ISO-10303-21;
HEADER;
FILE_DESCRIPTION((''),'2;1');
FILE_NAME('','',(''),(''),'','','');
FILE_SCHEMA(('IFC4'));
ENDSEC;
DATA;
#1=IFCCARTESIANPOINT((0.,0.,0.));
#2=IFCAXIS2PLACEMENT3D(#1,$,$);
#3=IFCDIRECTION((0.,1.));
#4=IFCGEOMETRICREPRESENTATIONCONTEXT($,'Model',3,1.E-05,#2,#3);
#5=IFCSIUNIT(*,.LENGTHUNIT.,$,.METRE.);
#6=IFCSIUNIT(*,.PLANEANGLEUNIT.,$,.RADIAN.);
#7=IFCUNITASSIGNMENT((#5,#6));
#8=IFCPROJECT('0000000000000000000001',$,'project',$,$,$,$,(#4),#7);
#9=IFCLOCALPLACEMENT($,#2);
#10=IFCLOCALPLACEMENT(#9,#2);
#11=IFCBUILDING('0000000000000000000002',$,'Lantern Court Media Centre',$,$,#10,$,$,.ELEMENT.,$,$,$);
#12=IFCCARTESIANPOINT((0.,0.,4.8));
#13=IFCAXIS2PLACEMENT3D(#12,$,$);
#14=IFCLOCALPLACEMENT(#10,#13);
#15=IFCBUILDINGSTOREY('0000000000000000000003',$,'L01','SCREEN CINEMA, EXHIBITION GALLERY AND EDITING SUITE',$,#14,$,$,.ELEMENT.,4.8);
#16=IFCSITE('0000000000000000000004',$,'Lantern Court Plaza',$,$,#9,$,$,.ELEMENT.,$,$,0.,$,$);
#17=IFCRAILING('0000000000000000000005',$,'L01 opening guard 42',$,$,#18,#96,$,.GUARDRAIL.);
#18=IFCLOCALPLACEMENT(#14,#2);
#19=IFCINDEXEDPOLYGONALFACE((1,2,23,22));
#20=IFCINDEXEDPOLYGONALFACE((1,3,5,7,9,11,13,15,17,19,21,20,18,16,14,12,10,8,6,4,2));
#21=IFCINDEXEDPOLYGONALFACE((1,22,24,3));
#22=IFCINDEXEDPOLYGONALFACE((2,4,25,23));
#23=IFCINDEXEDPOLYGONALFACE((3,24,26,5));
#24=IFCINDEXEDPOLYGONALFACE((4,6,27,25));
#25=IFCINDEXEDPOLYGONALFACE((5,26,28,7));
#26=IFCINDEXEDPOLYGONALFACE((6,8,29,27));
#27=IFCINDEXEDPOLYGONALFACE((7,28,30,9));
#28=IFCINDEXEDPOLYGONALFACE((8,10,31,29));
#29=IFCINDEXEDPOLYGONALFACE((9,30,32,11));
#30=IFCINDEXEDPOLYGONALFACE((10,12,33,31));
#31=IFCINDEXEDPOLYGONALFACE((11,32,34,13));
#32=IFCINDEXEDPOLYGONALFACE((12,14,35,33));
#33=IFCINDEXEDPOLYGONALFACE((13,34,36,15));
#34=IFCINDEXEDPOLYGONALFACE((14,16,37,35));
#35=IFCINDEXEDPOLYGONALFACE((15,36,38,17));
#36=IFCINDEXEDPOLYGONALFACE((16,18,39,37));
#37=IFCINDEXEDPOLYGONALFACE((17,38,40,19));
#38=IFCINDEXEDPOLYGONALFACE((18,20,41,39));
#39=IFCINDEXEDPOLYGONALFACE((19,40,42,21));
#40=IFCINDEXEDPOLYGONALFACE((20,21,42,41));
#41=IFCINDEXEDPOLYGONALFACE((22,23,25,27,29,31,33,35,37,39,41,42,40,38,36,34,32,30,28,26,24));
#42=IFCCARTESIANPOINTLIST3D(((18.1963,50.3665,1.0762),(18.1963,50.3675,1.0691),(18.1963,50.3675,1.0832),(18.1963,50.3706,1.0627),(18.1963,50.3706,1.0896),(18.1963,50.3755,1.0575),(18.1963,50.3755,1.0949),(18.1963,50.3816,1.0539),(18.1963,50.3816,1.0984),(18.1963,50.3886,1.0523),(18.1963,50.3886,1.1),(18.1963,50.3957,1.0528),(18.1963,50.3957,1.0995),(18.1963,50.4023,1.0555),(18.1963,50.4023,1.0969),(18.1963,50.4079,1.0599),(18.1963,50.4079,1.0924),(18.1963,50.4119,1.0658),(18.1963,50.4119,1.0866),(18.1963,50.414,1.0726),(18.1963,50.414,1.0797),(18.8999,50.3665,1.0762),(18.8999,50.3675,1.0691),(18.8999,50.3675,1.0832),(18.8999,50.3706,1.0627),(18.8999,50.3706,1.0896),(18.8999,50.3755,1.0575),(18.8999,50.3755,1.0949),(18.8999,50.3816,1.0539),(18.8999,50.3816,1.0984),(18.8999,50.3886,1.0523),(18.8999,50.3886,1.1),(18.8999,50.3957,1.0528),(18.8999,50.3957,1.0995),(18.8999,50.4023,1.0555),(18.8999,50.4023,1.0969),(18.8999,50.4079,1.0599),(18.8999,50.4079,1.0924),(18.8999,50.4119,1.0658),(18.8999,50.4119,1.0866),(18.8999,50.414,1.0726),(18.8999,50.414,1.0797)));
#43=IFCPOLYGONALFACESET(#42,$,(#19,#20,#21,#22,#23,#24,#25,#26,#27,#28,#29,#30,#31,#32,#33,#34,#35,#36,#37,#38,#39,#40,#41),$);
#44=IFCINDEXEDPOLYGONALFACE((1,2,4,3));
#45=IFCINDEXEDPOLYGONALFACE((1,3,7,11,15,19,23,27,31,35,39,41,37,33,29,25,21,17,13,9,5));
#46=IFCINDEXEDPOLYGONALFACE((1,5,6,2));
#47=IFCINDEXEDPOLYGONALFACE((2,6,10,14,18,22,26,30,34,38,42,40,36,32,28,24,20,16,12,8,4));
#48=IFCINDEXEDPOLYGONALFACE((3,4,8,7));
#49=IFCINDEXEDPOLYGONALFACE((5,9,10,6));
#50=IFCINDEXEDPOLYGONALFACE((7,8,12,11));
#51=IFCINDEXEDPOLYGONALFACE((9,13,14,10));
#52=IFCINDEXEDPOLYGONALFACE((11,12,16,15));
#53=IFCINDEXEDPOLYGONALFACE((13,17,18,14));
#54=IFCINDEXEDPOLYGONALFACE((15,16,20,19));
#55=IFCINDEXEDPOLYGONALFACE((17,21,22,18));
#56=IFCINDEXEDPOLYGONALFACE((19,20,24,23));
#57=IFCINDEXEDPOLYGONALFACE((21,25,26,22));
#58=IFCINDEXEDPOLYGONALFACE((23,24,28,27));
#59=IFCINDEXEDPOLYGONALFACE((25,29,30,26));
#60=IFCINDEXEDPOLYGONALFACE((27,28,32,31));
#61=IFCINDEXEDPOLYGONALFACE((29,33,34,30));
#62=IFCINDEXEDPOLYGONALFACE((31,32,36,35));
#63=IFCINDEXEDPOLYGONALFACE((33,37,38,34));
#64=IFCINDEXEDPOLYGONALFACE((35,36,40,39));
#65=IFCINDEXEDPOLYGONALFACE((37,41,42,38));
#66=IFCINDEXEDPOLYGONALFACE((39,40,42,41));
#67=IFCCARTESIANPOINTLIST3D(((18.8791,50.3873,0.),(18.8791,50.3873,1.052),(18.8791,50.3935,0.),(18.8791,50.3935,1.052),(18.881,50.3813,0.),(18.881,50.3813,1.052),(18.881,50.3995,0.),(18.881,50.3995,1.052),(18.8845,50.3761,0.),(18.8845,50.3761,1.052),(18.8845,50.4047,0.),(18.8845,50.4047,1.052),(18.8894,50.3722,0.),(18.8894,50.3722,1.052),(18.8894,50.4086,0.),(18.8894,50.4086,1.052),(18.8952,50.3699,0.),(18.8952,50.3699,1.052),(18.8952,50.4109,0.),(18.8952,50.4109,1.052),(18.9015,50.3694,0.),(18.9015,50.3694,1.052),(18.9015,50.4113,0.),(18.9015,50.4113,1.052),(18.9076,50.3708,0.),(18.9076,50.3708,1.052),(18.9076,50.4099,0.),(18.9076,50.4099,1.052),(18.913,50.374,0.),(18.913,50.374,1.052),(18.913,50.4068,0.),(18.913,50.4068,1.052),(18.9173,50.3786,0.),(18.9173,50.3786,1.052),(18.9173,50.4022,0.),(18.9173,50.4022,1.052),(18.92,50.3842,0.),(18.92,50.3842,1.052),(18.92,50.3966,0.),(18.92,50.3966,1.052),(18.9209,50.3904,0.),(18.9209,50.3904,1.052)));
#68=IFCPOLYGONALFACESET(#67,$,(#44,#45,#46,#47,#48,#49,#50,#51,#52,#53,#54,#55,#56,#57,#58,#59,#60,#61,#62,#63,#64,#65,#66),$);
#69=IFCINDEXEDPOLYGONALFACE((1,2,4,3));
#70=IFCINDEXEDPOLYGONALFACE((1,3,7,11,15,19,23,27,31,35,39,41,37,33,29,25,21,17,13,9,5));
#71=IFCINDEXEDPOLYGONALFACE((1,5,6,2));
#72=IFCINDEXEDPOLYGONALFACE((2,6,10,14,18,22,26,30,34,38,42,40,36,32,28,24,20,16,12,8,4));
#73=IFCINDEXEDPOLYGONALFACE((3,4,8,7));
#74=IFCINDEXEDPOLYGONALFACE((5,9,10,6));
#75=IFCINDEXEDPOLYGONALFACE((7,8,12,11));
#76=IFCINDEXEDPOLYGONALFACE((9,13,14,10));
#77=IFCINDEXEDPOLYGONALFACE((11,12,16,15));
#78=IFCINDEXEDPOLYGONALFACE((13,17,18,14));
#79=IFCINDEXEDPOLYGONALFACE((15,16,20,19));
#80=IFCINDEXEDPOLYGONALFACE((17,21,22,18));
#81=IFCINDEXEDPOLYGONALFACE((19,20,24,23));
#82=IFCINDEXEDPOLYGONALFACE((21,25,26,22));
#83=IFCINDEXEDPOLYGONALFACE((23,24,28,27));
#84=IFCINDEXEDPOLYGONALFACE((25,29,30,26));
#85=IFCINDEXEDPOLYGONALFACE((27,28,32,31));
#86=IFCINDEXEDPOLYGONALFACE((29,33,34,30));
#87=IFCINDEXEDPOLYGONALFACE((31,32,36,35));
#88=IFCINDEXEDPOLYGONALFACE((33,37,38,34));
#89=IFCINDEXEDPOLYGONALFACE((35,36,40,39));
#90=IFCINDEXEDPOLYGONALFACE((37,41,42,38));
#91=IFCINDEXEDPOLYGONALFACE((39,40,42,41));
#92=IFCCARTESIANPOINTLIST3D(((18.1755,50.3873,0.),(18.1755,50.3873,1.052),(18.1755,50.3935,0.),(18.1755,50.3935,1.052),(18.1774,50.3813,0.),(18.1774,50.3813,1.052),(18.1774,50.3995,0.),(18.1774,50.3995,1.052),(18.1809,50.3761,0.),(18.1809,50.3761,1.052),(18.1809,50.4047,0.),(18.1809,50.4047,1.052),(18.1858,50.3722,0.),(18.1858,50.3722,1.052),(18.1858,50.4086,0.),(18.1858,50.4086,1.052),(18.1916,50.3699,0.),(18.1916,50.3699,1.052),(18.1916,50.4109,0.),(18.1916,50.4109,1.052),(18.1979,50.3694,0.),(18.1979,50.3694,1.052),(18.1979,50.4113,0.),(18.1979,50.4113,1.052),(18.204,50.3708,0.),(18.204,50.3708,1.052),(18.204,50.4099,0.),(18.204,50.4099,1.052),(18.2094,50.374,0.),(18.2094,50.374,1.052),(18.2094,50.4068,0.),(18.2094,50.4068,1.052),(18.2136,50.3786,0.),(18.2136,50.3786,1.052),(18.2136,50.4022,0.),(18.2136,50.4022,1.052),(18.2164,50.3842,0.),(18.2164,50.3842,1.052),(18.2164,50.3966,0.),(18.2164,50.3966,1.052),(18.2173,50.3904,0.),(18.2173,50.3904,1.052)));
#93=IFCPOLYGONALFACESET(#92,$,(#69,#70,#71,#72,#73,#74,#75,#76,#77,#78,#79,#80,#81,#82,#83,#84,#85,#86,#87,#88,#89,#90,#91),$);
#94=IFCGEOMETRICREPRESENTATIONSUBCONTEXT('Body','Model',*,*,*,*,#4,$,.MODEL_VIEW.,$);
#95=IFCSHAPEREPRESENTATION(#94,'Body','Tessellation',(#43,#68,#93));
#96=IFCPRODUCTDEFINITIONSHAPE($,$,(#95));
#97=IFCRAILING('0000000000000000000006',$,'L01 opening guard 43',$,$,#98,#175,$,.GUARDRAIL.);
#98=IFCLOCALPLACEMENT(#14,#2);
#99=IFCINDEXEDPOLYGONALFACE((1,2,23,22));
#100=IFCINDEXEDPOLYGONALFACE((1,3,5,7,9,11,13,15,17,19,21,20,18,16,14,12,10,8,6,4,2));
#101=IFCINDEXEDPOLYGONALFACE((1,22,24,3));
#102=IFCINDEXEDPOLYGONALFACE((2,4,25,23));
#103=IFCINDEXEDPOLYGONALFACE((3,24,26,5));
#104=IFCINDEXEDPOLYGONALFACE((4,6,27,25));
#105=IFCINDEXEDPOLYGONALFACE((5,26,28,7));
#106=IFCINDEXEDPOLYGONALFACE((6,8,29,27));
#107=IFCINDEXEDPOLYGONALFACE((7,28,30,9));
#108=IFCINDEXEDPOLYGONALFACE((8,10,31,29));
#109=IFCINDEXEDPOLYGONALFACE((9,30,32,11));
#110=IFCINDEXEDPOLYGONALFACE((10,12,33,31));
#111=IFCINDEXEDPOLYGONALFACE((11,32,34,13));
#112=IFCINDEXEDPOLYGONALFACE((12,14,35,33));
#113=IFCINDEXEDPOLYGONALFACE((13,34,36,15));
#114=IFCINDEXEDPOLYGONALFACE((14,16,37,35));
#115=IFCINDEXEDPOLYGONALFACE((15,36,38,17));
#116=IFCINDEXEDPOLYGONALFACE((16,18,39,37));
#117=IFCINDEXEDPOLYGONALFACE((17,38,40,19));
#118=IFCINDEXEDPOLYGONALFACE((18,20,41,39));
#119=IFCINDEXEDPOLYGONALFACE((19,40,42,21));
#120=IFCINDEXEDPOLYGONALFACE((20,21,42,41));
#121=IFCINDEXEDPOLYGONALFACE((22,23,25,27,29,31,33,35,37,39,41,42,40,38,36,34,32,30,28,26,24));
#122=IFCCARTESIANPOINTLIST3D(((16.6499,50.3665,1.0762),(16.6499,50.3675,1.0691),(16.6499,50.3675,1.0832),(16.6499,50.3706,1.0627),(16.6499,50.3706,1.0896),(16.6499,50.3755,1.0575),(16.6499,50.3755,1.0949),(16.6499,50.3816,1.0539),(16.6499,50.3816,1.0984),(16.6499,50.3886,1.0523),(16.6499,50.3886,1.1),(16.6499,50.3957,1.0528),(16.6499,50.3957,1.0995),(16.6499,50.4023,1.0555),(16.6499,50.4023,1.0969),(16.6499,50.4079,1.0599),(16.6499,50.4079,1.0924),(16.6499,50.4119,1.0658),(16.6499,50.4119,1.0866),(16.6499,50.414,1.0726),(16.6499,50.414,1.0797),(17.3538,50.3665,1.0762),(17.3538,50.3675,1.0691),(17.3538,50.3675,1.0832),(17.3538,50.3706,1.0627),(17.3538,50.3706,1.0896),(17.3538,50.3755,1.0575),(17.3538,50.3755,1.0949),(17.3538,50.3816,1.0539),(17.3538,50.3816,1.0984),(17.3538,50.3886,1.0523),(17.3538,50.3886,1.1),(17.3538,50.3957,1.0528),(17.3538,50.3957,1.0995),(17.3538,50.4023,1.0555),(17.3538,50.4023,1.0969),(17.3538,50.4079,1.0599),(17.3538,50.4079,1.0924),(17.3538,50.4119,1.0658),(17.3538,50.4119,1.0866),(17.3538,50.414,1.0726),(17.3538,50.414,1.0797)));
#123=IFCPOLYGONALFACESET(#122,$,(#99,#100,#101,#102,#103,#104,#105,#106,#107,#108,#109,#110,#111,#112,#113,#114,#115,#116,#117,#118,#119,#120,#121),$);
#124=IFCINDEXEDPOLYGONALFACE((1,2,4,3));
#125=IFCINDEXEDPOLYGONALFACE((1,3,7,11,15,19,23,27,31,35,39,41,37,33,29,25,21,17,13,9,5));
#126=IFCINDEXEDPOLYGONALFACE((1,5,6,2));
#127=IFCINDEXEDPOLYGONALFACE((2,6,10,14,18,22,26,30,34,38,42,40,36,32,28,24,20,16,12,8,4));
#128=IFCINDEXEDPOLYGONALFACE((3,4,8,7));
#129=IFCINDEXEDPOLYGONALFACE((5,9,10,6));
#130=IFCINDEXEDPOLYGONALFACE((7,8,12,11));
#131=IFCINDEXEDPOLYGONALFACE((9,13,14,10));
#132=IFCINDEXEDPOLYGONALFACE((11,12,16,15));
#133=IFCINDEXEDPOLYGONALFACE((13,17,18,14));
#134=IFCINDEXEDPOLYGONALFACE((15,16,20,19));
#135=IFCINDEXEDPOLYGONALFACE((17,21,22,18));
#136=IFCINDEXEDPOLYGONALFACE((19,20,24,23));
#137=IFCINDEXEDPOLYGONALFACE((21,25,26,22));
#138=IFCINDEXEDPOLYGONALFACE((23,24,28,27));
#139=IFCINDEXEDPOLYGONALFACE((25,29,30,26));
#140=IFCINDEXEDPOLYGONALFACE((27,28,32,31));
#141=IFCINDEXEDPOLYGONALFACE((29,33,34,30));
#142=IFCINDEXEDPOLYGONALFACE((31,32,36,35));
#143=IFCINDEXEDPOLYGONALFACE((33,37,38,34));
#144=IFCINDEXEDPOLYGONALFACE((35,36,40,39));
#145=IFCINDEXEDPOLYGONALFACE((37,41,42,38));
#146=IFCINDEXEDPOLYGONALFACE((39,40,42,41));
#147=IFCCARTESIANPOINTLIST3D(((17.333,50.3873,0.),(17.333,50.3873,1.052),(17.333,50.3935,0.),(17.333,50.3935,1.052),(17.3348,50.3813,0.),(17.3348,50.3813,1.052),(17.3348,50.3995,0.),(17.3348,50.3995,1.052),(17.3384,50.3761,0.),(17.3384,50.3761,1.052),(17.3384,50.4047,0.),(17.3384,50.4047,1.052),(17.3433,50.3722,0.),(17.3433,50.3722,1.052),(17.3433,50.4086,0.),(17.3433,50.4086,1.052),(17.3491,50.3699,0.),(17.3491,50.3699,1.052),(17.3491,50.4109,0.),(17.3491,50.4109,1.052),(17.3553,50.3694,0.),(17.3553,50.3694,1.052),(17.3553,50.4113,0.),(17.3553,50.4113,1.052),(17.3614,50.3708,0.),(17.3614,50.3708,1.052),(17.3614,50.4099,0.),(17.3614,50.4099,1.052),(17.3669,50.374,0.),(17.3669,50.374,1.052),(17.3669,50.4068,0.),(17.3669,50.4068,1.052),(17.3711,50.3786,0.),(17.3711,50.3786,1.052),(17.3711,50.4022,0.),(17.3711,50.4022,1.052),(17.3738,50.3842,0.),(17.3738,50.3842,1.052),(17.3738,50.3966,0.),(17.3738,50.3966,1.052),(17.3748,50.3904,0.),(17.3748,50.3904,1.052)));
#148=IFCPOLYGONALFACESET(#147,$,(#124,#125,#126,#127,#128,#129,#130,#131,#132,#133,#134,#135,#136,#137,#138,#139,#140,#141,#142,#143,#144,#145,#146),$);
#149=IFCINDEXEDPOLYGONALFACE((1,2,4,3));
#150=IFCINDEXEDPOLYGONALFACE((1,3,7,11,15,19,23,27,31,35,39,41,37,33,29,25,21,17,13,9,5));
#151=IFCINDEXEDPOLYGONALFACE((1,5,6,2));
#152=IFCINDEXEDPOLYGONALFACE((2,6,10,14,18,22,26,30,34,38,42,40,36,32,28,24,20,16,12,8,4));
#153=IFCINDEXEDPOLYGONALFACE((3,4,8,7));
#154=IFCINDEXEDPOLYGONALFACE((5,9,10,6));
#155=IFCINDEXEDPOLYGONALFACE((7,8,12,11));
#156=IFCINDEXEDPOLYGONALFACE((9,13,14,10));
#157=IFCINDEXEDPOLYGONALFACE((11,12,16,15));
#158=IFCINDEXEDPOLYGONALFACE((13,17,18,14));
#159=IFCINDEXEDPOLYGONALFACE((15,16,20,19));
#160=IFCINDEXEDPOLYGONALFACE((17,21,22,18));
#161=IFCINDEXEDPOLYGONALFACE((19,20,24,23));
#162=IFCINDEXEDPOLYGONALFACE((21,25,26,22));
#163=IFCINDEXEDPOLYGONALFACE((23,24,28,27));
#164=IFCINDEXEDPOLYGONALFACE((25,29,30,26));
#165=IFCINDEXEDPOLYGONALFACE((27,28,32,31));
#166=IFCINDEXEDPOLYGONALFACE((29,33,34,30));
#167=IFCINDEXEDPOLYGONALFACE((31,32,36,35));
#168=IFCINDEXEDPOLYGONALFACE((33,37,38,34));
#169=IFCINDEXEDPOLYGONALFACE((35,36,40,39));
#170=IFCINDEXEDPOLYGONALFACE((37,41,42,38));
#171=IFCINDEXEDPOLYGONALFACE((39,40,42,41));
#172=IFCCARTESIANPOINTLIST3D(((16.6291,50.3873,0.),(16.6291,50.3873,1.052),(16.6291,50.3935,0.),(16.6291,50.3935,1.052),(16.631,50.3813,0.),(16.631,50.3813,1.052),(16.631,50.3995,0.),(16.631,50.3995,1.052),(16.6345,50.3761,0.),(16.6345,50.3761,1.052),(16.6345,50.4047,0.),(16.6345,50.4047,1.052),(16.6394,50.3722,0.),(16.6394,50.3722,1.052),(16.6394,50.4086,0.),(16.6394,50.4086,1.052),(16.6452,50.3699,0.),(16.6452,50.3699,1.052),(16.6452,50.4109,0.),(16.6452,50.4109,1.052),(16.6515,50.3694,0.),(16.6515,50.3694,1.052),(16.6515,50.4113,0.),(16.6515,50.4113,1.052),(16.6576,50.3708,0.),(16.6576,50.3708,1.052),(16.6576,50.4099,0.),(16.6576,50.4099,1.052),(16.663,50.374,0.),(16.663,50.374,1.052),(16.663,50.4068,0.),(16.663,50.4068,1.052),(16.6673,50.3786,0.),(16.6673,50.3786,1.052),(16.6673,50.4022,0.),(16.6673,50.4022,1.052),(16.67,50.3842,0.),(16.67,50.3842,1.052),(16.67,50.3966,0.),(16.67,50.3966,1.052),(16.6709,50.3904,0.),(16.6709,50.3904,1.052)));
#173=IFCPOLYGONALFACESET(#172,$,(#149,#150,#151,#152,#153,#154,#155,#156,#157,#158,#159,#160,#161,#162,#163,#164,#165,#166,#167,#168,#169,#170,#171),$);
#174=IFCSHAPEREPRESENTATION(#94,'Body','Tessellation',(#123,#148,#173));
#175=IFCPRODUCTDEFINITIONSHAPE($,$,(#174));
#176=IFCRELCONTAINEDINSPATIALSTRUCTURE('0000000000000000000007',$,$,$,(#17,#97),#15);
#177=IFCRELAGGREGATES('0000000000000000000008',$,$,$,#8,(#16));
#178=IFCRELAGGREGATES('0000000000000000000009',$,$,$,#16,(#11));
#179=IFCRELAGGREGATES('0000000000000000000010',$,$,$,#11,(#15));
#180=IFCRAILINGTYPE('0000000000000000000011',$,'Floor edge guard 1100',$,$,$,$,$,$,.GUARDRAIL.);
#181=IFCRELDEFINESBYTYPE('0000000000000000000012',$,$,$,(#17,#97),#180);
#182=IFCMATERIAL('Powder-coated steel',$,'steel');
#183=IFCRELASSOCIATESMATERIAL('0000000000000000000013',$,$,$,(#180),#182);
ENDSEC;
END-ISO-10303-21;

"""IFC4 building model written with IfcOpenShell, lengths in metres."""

from ifc_helpers import new_model, si_unit, direction, frame, origin, origin_2d, place, context, subcontext, project, spatial, circle, extrude, material, type_object, element, save


model = new_model("IFC4")

# Units and contexts
model_context = context("Model", 3, precision=1e-05, world=origin(), true_north=direction((0.0, 1.0)))
body_context = subcontext(model_context, "Body", "Model", "MODEL_VIEW")
ifc_project = project(units=[si_unit("LENGTHUNIT", "METRE"), si_unit("PLANEANGLEUNIT", "RADIAN")], contexts=[model_context])

# Site, building, storey
site_placement = place(None, origin())
site = spatial("IfcSite", under=ifc_project, at=site_placement, Name="Lantern Court Plaza", CompositionType="ELEMENT", RefElevation=0.0)
building_placement = place(site_placement, origin())
building = spatial("IfcBuilding", under=site, at=building_placement, Name="Lantern Court Media Centre", CompositionType="ELEMENT")
storey_placement = place(building_placement, frame((0.0, 0.0, 4.8)))
storey = spatial("IfcBuildingStorey", under=building, at=storey_placement, Name="L01", Description="SCREEN CINEMA, EXHIBITION GALLERY AND EDITING SUITE", CompositionType="ELEMENT", Elevation=4.8)

# Railings
ifc_material_1 = material(Name="Powder-coated steel", Category="steel")
railing_type_1 = type_object("IfcRailingType", Name="Floor edge guard 1100", PredefinedType="GUARDRAIL", material=ifc_material_1)
railing_1_placement = place(storey_placement, frame((18.8999, 50.3904, 0.0)))
element("IfcRailing", 1, at=railing_1_placement, inside=storey, type_object=railing_type_1, Name="L01 opening guard 42", PredefinedType="GUARDRAIL", context=body_context, shape_type="SweptSolid", body=[
    extrude(circle(Radius=0.0239, at=origin_2d()), frame((0.0, 0.0, 1.0762), z_axis=(-1.0, 0.0, 0.0), x_axis=(0.0, -1.0, 0.0)), (0.0, 0.0, 1.0), 0.7036),
    extrude(circle(Radius=0.021, at=origin_2d()), origin(), (0.0, 0.0, 1.0), 1.052),
    extrude(circle(Radius=0.021, at=origin_2d()), frame((-0.7036, 0.0, 0.0)), (0.0, 0.0, 1.0), 1.052),
])
railing_2_placement = place(storey_placement, frame((17.3538, 50.3904, 0.0)))
element("IfcRailing", 2, at=railing_2_placement, inside=storey, type_object=railing_type_1, Name="L01 opening guard 43", PredefinedType="GUARDRAIL", context=body_context, shape_type="SweptSolid", body=[
    extrude(circle(Radius=0.0239, at=origin_2d()), frame((0.0, 0.0, 1.0762), z_axis=(-1.0, 0.0, 0.0), x_axis=(0.0, -1.0, 0.0)), (0.0, 0.0, 1.0), 0.7039),
    extrude(circle(Radius=0.021, at=origin_2d()), origin(), (0.0, 0.0, 1.0), 1.052),
    extrude(circle(Radius=0.021, at=origin_2d()), frame((-0.7039, 0.0, 0.0)), (0.0, 0.0, 1.0), 1.052),
])

save(model, "model.ifc")
